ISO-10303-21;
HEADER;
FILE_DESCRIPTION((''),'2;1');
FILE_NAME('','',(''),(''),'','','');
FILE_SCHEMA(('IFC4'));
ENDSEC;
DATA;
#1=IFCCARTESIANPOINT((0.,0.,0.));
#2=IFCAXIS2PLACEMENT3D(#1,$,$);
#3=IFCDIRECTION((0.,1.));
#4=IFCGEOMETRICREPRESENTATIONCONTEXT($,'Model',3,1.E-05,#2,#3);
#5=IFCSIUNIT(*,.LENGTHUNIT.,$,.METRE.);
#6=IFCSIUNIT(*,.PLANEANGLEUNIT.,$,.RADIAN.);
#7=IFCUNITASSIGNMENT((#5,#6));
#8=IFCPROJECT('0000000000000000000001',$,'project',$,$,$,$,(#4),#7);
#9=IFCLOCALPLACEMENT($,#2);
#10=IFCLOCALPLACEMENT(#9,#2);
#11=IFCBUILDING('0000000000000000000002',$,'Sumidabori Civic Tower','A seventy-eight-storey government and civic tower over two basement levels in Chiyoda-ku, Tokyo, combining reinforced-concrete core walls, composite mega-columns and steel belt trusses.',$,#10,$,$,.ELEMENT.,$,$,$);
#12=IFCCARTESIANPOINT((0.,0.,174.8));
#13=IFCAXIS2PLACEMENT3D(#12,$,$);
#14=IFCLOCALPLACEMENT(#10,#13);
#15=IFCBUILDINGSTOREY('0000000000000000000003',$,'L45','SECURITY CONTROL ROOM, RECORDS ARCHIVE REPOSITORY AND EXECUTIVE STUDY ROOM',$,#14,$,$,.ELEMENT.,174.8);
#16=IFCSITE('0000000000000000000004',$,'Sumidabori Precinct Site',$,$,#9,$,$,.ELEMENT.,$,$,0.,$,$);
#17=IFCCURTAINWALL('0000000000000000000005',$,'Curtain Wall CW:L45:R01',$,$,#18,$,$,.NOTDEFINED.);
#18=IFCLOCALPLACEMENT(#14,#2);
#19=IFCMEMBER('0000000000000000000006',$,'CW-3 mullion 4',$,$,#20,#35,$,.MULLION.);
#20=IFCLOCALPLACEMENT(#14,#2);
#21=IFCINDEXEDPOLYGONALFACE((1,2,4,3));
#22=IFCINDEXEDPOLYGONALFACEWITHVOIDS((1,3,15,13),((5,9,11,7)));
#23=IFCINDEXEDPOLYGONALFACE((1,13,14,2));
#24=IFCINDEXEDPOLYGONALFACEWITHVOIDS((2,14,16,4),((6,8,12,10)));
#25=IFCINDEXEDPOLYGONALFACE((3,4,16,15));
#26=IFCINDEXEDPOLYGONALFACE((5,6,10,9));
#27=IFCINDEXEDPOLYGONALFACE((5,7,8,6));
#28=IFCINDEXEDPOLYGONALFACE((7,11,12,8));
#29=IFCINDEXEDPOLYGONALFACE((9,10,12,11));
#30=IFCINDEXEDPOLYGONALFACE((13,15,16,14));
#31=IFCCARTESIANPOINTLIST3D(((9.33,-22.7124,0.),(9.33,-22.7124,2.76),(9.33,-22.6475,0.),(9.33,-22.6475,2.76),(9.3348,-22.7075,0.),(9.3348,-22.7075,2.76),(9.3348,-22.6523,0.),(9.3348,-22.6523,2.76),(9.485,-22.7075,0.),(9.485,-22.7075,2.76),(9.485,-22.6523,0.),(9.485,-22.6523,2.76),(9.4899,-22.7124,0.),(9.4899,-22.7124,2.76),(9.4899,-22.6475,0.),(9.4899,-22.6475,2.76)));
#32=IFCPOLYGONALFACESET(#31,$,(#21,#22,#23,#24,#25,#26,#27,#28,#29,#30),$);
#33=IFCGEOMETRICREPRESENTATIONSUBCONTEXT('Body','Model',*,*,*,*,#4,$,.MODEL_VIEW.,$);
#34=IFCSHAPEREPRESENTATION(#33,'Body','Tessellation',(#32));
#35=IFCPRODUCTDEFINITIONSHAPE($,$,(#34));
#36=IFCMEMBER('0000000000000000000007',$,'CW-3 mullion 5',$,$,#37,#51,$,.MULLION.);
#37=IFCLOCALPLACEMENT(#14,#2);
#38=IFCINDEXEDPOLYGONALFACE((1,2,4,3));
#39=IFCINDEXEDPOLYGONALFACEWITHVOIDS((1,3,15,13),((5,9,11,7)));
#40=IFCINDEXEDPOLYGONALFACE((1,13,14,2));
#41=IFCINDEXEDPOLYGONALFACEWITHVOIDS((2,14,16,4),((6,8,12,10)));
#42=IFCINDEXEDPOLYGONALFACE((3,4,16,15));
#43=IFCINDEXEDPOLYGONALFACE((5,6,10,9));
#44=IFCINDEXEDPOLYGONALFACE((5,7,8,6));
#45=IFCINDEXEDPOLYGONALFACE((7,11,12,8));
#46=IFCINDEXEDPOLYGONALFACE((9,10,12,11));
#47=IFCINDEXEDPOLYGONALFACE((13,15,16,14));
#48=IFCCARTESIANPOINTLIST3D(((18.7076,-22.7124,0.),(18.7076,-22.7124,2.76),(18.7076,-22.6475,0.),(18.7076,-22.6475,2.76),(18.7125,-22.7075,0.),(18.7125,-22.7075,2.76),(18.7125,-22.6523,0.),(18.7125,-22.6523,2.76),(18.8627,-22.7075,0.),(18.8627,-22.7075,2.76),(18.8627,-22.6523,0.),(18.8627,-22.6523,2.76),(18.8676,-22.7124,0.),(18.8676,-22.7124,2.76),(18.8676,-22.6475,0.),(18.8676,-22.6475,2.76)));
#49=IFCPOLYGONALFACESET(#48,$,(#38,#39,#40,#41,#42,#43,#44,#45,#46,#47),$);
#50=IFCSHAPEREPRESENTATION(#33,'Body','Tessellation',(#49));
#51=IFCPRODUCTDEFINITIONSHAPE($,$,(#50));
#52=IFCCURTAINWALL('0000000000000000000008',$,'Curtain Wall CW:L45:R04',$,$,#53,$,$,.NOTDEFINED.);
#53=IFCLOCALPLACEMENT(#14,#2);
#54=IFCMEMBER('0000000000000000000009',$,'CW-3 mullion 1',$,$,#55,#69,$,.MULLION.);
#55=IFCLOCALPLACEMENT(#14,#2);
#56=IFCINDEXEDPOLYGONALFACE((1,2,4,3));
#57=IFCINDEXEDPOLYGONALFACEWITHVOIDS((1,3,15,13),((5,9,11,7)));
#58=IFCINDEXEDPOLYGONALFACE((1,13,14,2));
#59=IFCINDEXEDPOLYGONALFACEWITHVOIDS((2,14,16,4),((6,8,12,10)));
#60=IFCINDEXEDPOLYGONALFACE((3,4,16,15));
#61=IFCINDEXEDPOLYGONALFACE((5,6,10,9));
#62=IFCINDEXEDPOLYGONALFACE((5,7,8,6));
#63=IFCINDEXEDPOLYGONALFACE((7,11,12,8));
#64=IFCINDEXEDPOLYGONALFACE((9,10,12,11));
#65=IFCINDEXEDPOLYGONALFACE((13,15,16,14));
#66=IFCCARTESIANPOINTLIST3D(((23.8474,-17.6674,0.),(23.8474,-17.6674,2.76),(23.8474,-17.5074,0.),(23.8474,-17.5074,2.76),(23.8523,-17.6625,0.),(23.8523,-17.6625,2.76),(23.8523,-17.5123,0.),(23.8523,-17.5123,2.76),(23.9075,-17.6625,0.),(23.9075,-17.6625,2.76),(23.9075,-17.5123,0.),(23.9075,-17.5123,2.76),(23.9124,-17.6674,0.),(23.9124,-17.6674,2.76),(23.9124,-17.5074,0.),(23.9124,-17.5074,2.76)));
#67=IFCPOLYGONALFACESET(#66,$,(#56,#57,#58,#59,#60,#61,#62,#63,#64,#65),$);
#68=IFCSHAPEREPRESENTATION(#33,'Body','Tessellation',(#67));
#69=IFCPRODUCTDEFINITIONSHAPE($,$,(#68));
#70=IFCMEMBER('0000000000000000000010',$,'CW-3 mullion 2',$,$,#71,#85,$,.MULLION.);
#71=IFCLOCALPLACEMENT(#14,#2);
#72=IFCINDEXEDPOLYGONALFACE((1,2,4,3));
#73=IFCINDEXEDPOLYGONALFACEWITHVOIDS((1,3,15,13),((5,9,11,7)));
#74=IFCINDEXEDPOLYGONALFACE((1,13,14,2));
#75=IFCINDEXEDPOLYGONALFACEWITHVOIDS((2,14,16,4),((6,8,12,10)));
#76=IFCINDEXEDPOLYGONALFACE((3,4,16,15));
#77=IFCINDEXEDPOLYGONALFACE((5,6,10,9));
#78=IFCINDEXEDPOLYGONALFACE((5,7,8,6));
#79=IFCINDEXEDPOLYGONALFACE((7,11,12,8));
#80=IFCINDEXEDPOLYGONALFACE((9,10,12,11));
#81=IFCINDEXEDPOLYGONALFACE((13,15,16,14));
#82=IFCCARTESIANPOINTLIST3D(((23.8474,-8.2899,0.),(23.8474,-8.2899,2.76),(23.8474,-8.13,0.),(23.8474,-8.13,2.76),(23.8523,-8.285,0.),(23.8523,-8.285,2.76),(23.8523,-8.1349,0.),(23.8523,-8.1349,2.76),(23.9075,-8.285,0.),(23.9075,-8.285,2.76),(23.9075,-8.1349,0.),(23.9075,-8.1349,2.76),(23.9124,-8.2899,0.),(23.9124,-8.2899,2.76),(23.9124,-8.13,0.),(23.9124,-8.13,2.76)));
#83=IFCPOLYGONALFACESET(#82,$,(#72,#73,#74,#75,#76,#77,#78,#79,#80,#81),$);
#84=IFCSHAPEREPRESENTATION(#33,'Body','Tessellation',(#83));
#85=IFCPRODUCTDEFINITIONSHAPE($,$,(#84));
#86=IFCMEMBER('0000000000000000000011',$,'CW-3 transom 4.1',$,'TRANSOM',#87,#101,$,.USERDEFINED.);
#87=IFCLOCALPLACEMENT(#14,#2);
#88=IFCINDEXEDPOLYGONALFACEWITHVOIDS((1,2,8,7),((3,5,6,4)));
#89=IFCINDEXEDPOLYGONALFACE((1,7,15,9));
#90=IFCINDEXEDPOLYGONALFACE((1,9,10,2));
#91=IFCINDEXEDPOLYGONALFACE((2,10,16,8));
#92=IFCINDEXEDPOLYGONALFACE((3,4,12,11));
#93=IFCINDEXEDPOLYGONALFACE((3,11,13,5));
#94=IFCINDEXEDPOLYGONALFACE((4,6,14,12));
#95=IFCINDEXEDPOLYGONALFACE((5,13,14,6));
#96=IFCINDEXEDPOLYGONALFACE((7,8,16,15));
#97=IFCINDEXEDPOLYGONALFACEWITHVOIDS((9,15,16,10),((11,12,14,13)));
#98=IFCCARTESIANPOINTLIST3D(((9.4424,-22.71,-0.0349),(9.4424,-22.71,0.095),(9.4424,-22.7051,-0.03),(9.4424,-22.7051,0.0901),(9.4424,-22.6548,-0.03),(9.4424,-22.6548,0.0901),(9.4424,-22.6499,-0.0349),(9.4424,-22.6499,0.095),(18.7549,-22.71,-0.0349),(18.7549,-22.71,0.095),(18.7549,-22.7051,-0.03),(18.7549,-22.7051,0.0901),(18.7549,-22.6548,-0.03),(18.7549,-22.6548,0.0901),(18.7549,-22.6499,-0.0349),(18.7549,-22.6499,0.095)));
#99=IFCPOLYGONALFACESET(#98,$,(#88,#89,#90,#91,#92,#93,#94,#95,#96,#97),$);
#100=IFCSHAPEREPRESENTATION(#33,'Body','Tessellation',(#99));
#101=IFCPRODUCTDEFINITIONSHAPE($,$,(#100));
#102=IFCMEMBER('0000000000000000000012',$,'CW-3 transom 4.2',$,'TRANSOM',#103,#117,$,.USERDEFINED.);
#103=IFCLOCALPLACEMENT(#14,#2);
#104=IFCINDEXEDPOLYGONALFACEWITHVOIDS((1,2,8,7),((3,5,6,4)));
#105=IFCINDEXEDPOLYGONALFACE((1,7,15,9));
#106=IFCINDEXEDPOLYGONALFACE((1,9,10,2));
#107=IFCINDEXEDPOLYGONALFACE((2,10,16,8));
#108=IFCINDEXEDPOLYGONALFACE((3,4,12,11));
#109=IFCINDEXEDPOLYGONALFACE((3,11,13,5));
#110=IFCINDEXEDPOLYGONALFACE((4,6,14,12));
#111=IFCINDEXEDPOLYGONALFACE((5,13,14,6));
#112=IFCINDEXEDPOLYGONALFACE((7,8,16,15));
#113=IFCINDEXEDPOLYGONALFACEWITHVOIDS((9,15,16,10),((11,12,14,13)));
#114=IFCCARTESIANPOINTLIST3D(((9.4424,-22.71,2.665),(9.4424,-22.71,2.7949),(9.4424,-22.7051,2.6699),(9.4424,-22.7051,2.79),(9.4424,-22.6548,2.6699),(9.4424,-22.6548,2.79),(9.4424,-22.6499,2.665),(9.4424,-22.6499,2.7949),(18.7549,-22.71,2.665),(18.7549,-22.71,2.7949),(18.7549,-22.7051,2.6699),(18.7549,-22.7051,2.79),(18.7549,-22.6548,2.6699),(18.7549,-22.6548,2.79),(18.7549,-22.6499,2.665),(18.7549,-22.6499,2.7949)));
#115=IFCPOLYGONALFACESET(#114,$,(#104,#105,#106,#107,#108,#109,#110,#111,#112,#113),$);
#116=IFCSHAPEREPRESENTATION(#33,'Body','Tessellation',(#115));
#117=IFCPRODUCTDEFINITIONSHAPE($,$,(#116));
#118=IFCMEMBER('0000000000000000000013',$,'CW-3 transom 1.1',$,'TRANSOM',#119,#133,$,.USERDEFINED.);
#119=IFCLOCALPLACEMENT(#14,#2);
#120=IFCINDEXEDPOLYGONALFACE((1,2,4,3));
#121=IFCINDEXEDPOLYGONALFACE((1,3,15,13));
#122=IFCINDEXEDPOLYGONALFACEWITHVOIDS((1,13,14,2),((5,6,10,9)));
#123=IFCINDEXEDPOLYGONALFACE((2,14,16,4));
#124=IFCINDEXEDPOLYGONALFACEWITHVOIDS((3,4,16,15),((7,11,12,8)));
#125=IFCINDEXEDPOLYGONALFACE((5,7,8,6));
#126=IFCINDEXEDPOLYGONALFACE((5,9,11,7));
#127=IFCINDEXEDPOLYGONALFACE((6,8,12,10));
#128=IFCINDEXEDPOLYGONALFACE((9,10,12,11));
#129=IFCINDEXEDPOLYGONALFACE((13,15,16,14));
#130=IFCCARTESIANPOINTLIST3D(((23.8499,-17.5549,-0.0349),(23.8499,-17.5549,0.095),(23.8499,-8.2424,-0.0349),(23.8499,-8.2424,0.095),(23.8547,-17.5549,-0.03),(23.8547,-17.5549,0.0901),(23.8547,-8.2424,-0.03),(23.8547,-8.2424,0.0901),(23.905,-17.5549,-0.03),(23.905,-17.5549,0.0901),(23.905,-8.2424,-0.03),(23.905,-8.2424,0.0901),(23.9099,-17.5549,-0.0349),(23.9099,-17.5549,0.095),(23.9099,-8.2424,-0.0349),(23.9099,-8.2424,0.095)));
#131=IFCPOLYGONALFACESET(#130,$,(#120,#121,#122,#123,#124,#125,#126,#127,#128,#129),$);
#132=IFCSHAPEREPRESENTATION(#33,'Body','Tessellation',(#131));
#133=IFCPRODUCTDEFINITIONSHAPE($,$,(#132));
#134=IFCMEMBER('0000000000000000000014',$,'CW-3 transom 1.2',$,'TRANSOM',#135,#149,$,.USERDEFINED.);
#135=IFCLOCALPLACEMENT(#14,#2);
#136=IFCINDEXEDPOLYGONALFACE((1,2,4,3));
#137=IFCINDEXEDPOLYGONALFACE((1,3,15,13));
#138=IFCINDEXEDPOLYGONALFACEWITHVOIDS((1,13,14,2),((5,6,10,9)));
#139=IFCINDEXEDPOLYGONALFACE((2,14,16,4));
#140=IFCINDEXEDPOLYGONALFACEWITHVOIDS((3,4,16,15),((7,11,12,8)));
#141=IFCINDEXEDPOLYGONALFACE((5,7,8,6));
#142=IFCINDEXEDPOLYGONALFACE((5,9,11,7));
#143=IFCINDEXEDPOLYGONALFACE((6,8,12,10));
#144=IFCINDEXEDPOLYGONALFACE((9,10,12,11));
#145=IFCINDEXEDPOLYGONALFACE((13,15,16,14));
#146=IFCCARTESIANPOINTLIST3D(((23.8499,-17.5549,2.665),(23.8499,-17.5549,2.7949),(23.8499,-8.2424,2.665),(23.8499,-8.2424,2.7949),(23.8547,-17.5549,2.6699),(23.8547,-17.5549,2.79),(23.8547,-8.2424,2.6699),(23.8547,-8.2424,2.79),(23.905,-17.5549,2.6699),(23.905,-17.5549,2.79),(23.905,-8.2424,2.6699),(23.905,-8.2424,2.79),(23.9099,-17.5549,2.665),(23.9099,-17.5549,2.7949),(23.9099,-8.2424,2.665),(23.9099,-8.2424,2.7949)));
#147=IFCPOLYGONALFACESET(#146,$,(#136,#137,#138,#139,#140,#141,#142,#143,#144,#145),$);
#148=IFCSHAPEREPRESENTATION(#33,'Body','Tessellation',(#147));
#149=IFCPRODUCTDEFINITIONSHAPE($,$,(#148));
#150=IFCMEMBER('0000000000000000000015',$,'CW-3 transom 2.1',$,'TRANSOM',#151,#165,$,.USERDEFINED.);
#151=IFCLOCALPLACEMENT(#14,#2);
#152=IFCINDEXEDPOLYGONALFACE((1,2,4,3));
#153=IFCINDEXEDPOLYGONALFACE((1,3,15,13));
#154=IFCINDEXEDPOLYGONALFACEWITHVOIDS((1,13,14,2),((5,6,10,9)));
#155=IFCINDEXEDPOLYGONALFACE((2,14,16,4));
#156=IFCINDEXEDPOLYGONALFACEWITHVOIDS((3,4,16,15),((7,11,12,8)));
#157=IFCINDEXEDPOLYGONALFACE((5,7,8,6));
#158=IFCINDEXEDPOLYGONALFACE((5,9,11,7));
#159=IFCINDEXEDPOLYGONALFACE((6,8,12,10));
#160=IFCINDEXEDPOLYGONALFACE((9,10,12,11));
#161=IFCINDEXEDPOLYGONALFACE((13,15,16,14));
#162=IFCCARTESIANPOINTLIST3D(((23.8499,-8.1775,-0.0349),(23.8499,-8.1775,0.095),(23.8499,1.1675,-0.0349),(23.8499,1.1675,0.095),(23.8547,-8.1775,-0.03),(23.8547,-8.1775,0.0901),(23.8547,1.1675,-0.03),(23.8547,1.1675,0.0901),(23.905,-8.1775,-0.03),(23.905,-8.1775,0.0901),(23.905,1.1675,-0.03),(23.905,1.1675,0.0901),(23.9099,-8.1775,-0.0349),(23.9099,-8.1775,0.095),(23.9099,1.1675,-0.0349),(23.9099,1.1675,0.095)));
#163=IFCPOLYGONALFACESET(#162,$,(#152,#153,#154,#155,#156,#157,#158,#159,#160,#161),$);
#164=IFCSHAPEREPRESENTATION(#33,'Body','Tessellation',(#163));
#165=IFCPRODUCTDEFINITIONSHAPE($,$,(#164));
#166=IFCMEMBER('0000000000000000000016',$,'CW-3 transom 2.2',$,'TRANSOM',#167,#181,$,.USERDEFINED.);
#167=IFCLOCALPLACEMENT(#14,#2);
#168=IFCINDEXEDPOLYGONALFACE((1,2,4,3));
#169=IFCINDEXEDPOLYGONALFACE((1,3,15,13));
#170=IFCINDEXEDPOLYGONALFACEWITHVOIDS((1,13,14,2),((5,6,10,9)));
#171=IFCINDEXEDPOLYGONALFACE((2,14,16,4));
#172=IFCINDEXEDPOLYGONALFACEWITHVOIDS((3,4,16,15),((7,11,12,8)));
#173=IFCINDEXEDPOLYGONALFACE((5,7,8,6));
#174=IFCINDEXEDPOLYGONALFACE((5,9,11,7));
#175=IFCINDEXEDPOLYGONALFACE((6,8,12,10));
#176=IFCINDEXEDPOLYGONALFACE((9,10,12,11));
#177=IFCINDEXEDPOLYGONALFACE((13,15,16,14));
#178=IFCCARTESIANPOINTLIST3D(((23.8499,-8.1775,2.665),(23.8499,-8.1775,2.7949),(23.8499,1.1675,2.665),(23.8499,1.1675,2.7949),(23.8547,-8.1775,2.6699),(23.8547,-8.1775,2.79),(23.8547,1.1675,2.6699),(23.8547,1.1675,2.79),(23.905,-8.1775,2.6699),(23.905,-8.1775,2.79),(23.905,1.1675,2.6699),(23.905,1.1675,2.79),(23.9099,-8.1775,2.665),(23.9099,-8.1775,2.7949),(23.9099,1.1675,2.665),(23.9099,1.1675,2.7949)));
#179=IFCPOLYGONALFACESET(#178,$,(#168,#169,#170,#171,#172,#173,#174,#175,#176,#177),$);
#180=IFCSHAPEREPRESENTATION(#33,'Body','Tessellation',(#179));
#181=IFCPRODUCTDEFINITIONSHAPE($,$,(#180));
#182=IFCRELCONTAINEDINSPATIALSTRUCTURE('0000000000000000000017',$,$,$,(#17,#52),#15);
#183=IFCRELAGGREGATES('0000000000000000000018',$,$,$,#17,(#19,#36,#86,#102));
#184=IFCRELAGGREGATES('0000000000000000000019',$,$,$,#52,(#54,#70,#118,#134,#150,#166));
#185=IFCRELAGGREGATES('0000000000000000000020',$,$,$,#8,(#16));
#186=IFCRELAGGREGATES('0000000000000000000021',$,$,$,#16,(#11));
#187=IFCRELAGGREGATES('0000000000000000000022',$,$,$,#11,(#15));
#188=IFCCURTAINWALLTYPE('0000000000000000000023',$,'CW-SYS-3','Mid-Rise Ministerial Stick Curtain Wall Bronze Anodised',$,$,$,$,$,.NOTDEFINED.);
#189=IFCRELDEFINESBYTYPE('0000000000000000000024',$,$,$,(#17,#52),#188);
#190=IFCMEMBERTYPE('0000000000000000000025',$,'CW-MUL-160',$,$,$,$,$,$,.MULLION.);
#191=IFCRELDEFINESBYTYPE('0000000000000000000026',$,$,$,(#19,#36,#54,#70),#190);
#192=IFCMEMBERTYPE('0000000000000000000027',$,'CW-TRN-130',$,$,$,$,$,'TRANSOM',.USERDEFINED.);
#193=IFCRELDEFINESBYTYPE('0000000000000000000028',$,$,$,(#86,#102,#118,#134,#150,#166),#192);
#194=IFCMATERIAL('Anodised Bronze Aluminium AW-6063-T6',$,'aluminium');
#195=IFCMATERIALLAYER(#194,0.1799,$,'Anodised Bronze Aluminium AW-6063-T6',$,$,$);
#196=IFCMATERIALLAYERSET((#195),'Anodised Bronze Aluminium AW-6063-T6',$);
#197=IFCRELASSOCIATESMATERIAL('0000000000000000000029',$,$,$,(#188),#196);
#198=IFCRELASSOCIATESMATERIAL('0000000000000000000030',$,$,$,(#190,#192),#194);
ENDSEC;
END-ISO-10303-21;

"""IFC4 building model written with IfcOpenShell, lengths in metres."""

from ifc_helpers import new_model, si_unit, direction, frame, origin, origin_2d, place, context, subcontext, project, spatial, hollow_rectangle, extrude, source, transform, mapped, material, layer, layer_set, material_profile, profile_set, type_object, element, aggregate, save


model = new_model("IFC4")

# Units and contexts
model_context = context("Model", 3, precision=1e-05, world=origin(), true_north=direction((0.0, 1.0)))
body_context = subcontext(model_context, "Body", "Model", "MODEL_VIEW")
ifc_project = project(units=[si_unit("LENGTHUNIT", "METRE"), si_unit("PLANEANGLEUNIT", "RADIAN")], contexts=[model_context])

# Site, building, storey
site_placement = place(None, origin())
site = spatial("IfcSite", under=ifc_project, at=site_placement, Name="Sumidabori Precinct Site", CompositionType="ELEMENT", RefElevation=0.0)
building_placement = place(site_placement, origin())
building = spatial("IfcBuilding", under=site, at=building_placement, Name="Sumidabori Civic Tower", Description="A seventy-eight-storey government and civic tower over two basement levels in Chiyoda-ku, Tokyo, combining reinforced-concrete core walls, composite mega-columns and steel belt trusses.", CompositionType="ELEMENT")
storey_placement = place(building_placement, frame((0.0, 0.0, 174.8)))
storey = spatial("IfcBuildingStorey", under=building, at=storey_placement, Name="L45", Description="SECURITY CONTROL ROOM, RECORDS ARCHIVE REPOSITORY AND EXECUTIVE STUDY ROOM", CompositionType="ELEMENT", Elevation=174.8)

# Curtain walls, members
ifc_material_1 = material(Name="Anodised Bronze Aluminium AW-6063-T6", Category="aluminium")
ifc_layer_1 = layer(ifc_material_1, 0.1799, Name="Anodised Bronze Aluminium AW-6063-T6")
ifc_layer_set_1 = layer_set([ifc_layer_1], Name="Anodised Bronze Aluminium AW-6063-T6")
curtain_wall_type = type_object("IfcCurtainWallType", Name="CW-SYS-3", Description="Mid-Rise Ministerial Stick Curtain Wall Bronze Anodised", PredefinedType="NOTDEFINED", material=ifc_layer_set_1)
curtain_wall_1_placement = place(storey_placement, origin())
curtain_wall_1 = element("IfcCurtainWall", 1, at=curtain_wall_1_placement, inside=storey, type_object=curtain_wall_type, Name="Curtain Wall CW:L45:R01", PredefinedType="NOTDEFINED")
ifc_material_profile_1 = material_profile(ifc_material_1, hollow_rectangle(XDim=0.0649, YDim=0.1599, WallThickness=0.0049, at=origin_2d()), Name="ALU MULLION 160x65")
ifc_profile_set_1 = profile_set([ifc_material_profile_1], Name="Anodised Bronze Aluminium AW-6063-T6")
member_type_1 = type_object("IfcMemberType", Name="CW-MUL-160", PredefinedType="MULLION", material=ifc_profile_set_1)
shared_shape_1 = source(origin(), body_context, "Body", "SweptSolid", [
    extrude(hollow_rectangle(XDim=0.0649, YDim=0.1599, WallThickness=0.0049, at=origin_2d()), origin(), (0.0, 0.0, 1.0), 2.76),
])
member_1_placement = place(storey_placement, frame((9.4099, -22.6799, 0.0), z_axis=(0.0, 0.0, 1.0), x_axis=(0.0, 1.0, 0.0)))
member_1 = element("IfcMember", 2, at=member_1_placement, type_object=member_type_1, Name="CW-3 mullion 4", PredefinedType="MULLION", context=body_context, shape_type="MappedRepresentation", body=[
    mapped(shared_shape_1, transform((0.0, 0.0, 0.0), x_axis=(1.0, 0.0, 0.0), y_axis=(0.0, 1.0, 0.0), z_axis=(0.0, 0.0, 1.0), scale=1.0)),
])
member_2_placement = place(storey_placement, frame((18.7876, -22.6799, 0.0), z_axis=(0.0, 0.0, 1.0), x_axis=(0.0, 1.0, 0.0)))
member_2 = element("IfcMember", 3, at=member_2_placement, type_object=member_type_1, Name="CW-3 mullion 5", PredefinedType="MULLION", context=body_context, shape_type="MappedRepresentation", body=[
    mapped(shared_shape_1, transform((0.0, 0.0, 0.0), x_axis=(1.0, 0.0, 0.0), y_axis=(0.0, 1.0, 0.0), z_axis=(0.0, 0.0, 1.0), scale=1.0)),
])
curtain_wall_2_placement = place(storey_placement, origin())
curtain_wall_2 = element("IfcCurtainWall", 4, at=curtain_wall_2_placement, inside=storey, type_object=curtain_wall_type, Name="Curtain Wall CW:L45:R04", PredefinedType="NOTDEFINED")
member_3_placement = place(storey_placement, frame((23.8799, -17.5874, 0.0), z_axis=(0.0, 0.0, 1.0), x_axis=(-1.0, 0.0, 0.0)))
member_3 = element("IfcMember", 5, at=member_3_placement, type_object=member_type_1, Name="CW-3 mullion 1", PredefinedType="MULLION", context=body_context, shape_type="MappedRepresentation", body=[
    mapped(shared_shape_1, transform((0.0, 0.0, 0.0), x_axis=(1.0, 0.0, 0.0), y_axis=(0.0, 1.0, 0.0), z_axis=(0.0, 0.0, 1.0), scale=1.0)),
])
member_4_placement = place(storey_placement, frame((23.8799, -8.21, 0.0), z_axis=(0.0, 0.0, 1.0), x_axis=(-1.0, 0.0, 0.0)))
member_4 = element("IfcMember", 6, at=member_4_placement, type_object=member_type_1, Name="CW-3 mullion 2", PredefinedType="MULLION", context=body_context, shape_type="MappedRepresentation", body=[
    mapped(shared_shape_1, transform((0.0, 0.0, 0.0), x_axis=(1.0, 0.0, 0.0), y_axis=(0.0, 1.0, 0.0), z_axis=(0.0, 0.0, 1.0), scale=1.0)),
])

# Members
ifc_material_profile_2 = material_profile(ifc_material_1, hollow_rectangle(XDim=0.0601, YDim=0.1299, WallThickness=0.0049, at=origin_2d()), Name="ALU TRANSOM 130x60")
ifc_profile_set_2 = profile_set([ifc_material_profile_2], Name="Anodised Bronze Aluminium AW-6063-T6")
member_type_2 = type_object("IfcMemberType", Name="CW-TRN-130", ElementType="TRANSOM", PredefinedType="USERDEFINED", material=ifc_profile_set_2)
shared_shape_2 = source(origin(), body_context, "Body", "SweptSolid", [
    extrude(hollow_rectangle(XDim=0.0601, YDim=0.1299, WallThickness=0.0049, at=origin_2d()), origin(), (0.0, 0.0, 1.0), 9.3125),
])
member_5_placement = place(storey_placement, frame((9.4424, -22.6799, 0.03), z_axis=(1.0, 0.0, 0.0), x_axis=(0.0, 1.0, 0.0)))
member_5 = element("IfcMember", 7, at=member_5_placement, type_object=member_type_2, Name="CW-3 transom 4.1", ObjectType="TRANSOM", PredefinedType="USERDEFINED", context=body_context, shape_type="MappedRepresentation", body=[
    mapped(shared_shape_2, transform((0.0, 0.0, 0.0), x_axis=(1.0, 0.0, 0.0), y_axis=(0.0, 1.0, 0.0), z_axis=(0.0, 0.0, 1.0), scale=1.0)),
])
member_6_placement = place(storey_placement, frame((9.4424, -22.6799, 2.73), z_axis=(1.0, 0.0, 0.0), x_axis=(0.0, 1.0, 0.0)))
member_6 = element("IfcMember", 8, at=member_6_placement, type_object=member_type_2, Name="CW-3 transom 4.2", ObjectType="TRANSOM", PredefinedType="USERDEFINED", context=body_context, shape_type="MappedRepresentation", body=[
    mapped(shared_shape_2, transform((0.0, 0.0, 0.0), x_axis=(1.0, 0.0, 0.0), y_axis=(0.0, 1.0, 0.0), z_axis=(0.0, 0.0, 1.0), scale=1.0)),
])
member_7_placement = place(storey_placement, frame((23.8799, -17.5549, 0.03), z_axis=(0.0, 1.0, 0.0), x_axis=(-1.0, 0.0, 0.0)))
member_7 = element("IfcMember", 9, at=member_7_placement, type_object=member_type_2, Name="CW-3 transom 1.1", ObjectType="TRANSOM", PredefinedType="USERDEFINED", context=body_context, shape_type="MappedRepresentation", body=[
    mapped(shared_shape_2, transform((0.0, 0.0, 0.0), x_axis=(1.0, 0.0, 0.0), y_axis=(0.0, 1.0, 0.0), z_axis=(0.0, 0.0, 1.0), scale=1.0)),
])
member_8_placement = place(storey_placement, frame((23.8799, -17.5549, 2.73), z_axis=(0.0, 1.0, 0.0), x_axis=(-1.0, 0.0, 0.0)))
member_8 = element("IfcMember", 10, at=member_8_placement, type_object=member_type_2, Name="CW-3 transom 1.2", ObjectType="TRANSOM", PredefinedType="USERDEFINED", context=body_context, shape_type="MappedRepresentation", body=[
    mapped(shared_shape_2, transform((0.0, 0.0, 0.0), x_axis=(1.0, 0.0, 0.0), y_axis=(0.0, 1.0, 0.0), z_axis=(0.0, 0.0, 1.0), scale=1.0)),
])
shared_shape_3 = source(origin(), body_context, "Body", "SweptSolid", [
    extrude(hollow_rectangle(XDim=0.0601, YDim=0.1299, WallThickness=0.0049, at=origin_2d()), origin(), (0.0, 0.0, 1.0), 9.345),
])
member_9_placement = place(storey_placement, frame((23.8799, -8.1775, 0.03), z_axis=(0.0, 1.0, 0.0), x_axis=(-1.0, 0.0, 0.0)))
member_9 = element("IfcMember", 11, at=member_9_placement, type_object=member_type_2, Name="CW-3 transom 2.1", ObjectType="TRANSOM", PredefinedType="USERDEFINED", context=body_context, shape_type="MappedRepresentation", body=[
    mapped(shared_shape_3, transform((0.0, 0.0, 0.0), x_axis=(1.0, 0.0, 0.0), y_axis=(0.0, 1.0, 0.0), z_axis=(0.0, 0.0, 1.0), scale=1.0)),
])
member_10_placement = place(storey_placement, frame((23.8799, -8.1775, 2.73), z_axis=(0.0, 1.0, 0.0), x_axis=(-1.0, 0.0, 0.0)))
member_10 = element("IfcMember", 12, at=member_10_placement, type_object=member_type_2, Name="CW-3 transom 2.2", ObjectType="TRANSOM", PredefinedType="USERDEFINED", context=body_context, shape_type="MappedRepresentation", body=[
    mapped(shared_shape_3, transform((0.0, 0.0, 0.0), x_axis=(1.0, 0.0, 0.0), y_axis=(0.0, 1.0, 0.0), z_axis=(0.0, 0.0, 1.0), scale=1.0)),
])

aggregate(curtain_wall_1, [member_1, member_2, member_5, member_6])
aggregate(curtain_wall_2, [member_3, member_4, member_7, member_8, member_9, member_10])

save(model, "model.ifc")
